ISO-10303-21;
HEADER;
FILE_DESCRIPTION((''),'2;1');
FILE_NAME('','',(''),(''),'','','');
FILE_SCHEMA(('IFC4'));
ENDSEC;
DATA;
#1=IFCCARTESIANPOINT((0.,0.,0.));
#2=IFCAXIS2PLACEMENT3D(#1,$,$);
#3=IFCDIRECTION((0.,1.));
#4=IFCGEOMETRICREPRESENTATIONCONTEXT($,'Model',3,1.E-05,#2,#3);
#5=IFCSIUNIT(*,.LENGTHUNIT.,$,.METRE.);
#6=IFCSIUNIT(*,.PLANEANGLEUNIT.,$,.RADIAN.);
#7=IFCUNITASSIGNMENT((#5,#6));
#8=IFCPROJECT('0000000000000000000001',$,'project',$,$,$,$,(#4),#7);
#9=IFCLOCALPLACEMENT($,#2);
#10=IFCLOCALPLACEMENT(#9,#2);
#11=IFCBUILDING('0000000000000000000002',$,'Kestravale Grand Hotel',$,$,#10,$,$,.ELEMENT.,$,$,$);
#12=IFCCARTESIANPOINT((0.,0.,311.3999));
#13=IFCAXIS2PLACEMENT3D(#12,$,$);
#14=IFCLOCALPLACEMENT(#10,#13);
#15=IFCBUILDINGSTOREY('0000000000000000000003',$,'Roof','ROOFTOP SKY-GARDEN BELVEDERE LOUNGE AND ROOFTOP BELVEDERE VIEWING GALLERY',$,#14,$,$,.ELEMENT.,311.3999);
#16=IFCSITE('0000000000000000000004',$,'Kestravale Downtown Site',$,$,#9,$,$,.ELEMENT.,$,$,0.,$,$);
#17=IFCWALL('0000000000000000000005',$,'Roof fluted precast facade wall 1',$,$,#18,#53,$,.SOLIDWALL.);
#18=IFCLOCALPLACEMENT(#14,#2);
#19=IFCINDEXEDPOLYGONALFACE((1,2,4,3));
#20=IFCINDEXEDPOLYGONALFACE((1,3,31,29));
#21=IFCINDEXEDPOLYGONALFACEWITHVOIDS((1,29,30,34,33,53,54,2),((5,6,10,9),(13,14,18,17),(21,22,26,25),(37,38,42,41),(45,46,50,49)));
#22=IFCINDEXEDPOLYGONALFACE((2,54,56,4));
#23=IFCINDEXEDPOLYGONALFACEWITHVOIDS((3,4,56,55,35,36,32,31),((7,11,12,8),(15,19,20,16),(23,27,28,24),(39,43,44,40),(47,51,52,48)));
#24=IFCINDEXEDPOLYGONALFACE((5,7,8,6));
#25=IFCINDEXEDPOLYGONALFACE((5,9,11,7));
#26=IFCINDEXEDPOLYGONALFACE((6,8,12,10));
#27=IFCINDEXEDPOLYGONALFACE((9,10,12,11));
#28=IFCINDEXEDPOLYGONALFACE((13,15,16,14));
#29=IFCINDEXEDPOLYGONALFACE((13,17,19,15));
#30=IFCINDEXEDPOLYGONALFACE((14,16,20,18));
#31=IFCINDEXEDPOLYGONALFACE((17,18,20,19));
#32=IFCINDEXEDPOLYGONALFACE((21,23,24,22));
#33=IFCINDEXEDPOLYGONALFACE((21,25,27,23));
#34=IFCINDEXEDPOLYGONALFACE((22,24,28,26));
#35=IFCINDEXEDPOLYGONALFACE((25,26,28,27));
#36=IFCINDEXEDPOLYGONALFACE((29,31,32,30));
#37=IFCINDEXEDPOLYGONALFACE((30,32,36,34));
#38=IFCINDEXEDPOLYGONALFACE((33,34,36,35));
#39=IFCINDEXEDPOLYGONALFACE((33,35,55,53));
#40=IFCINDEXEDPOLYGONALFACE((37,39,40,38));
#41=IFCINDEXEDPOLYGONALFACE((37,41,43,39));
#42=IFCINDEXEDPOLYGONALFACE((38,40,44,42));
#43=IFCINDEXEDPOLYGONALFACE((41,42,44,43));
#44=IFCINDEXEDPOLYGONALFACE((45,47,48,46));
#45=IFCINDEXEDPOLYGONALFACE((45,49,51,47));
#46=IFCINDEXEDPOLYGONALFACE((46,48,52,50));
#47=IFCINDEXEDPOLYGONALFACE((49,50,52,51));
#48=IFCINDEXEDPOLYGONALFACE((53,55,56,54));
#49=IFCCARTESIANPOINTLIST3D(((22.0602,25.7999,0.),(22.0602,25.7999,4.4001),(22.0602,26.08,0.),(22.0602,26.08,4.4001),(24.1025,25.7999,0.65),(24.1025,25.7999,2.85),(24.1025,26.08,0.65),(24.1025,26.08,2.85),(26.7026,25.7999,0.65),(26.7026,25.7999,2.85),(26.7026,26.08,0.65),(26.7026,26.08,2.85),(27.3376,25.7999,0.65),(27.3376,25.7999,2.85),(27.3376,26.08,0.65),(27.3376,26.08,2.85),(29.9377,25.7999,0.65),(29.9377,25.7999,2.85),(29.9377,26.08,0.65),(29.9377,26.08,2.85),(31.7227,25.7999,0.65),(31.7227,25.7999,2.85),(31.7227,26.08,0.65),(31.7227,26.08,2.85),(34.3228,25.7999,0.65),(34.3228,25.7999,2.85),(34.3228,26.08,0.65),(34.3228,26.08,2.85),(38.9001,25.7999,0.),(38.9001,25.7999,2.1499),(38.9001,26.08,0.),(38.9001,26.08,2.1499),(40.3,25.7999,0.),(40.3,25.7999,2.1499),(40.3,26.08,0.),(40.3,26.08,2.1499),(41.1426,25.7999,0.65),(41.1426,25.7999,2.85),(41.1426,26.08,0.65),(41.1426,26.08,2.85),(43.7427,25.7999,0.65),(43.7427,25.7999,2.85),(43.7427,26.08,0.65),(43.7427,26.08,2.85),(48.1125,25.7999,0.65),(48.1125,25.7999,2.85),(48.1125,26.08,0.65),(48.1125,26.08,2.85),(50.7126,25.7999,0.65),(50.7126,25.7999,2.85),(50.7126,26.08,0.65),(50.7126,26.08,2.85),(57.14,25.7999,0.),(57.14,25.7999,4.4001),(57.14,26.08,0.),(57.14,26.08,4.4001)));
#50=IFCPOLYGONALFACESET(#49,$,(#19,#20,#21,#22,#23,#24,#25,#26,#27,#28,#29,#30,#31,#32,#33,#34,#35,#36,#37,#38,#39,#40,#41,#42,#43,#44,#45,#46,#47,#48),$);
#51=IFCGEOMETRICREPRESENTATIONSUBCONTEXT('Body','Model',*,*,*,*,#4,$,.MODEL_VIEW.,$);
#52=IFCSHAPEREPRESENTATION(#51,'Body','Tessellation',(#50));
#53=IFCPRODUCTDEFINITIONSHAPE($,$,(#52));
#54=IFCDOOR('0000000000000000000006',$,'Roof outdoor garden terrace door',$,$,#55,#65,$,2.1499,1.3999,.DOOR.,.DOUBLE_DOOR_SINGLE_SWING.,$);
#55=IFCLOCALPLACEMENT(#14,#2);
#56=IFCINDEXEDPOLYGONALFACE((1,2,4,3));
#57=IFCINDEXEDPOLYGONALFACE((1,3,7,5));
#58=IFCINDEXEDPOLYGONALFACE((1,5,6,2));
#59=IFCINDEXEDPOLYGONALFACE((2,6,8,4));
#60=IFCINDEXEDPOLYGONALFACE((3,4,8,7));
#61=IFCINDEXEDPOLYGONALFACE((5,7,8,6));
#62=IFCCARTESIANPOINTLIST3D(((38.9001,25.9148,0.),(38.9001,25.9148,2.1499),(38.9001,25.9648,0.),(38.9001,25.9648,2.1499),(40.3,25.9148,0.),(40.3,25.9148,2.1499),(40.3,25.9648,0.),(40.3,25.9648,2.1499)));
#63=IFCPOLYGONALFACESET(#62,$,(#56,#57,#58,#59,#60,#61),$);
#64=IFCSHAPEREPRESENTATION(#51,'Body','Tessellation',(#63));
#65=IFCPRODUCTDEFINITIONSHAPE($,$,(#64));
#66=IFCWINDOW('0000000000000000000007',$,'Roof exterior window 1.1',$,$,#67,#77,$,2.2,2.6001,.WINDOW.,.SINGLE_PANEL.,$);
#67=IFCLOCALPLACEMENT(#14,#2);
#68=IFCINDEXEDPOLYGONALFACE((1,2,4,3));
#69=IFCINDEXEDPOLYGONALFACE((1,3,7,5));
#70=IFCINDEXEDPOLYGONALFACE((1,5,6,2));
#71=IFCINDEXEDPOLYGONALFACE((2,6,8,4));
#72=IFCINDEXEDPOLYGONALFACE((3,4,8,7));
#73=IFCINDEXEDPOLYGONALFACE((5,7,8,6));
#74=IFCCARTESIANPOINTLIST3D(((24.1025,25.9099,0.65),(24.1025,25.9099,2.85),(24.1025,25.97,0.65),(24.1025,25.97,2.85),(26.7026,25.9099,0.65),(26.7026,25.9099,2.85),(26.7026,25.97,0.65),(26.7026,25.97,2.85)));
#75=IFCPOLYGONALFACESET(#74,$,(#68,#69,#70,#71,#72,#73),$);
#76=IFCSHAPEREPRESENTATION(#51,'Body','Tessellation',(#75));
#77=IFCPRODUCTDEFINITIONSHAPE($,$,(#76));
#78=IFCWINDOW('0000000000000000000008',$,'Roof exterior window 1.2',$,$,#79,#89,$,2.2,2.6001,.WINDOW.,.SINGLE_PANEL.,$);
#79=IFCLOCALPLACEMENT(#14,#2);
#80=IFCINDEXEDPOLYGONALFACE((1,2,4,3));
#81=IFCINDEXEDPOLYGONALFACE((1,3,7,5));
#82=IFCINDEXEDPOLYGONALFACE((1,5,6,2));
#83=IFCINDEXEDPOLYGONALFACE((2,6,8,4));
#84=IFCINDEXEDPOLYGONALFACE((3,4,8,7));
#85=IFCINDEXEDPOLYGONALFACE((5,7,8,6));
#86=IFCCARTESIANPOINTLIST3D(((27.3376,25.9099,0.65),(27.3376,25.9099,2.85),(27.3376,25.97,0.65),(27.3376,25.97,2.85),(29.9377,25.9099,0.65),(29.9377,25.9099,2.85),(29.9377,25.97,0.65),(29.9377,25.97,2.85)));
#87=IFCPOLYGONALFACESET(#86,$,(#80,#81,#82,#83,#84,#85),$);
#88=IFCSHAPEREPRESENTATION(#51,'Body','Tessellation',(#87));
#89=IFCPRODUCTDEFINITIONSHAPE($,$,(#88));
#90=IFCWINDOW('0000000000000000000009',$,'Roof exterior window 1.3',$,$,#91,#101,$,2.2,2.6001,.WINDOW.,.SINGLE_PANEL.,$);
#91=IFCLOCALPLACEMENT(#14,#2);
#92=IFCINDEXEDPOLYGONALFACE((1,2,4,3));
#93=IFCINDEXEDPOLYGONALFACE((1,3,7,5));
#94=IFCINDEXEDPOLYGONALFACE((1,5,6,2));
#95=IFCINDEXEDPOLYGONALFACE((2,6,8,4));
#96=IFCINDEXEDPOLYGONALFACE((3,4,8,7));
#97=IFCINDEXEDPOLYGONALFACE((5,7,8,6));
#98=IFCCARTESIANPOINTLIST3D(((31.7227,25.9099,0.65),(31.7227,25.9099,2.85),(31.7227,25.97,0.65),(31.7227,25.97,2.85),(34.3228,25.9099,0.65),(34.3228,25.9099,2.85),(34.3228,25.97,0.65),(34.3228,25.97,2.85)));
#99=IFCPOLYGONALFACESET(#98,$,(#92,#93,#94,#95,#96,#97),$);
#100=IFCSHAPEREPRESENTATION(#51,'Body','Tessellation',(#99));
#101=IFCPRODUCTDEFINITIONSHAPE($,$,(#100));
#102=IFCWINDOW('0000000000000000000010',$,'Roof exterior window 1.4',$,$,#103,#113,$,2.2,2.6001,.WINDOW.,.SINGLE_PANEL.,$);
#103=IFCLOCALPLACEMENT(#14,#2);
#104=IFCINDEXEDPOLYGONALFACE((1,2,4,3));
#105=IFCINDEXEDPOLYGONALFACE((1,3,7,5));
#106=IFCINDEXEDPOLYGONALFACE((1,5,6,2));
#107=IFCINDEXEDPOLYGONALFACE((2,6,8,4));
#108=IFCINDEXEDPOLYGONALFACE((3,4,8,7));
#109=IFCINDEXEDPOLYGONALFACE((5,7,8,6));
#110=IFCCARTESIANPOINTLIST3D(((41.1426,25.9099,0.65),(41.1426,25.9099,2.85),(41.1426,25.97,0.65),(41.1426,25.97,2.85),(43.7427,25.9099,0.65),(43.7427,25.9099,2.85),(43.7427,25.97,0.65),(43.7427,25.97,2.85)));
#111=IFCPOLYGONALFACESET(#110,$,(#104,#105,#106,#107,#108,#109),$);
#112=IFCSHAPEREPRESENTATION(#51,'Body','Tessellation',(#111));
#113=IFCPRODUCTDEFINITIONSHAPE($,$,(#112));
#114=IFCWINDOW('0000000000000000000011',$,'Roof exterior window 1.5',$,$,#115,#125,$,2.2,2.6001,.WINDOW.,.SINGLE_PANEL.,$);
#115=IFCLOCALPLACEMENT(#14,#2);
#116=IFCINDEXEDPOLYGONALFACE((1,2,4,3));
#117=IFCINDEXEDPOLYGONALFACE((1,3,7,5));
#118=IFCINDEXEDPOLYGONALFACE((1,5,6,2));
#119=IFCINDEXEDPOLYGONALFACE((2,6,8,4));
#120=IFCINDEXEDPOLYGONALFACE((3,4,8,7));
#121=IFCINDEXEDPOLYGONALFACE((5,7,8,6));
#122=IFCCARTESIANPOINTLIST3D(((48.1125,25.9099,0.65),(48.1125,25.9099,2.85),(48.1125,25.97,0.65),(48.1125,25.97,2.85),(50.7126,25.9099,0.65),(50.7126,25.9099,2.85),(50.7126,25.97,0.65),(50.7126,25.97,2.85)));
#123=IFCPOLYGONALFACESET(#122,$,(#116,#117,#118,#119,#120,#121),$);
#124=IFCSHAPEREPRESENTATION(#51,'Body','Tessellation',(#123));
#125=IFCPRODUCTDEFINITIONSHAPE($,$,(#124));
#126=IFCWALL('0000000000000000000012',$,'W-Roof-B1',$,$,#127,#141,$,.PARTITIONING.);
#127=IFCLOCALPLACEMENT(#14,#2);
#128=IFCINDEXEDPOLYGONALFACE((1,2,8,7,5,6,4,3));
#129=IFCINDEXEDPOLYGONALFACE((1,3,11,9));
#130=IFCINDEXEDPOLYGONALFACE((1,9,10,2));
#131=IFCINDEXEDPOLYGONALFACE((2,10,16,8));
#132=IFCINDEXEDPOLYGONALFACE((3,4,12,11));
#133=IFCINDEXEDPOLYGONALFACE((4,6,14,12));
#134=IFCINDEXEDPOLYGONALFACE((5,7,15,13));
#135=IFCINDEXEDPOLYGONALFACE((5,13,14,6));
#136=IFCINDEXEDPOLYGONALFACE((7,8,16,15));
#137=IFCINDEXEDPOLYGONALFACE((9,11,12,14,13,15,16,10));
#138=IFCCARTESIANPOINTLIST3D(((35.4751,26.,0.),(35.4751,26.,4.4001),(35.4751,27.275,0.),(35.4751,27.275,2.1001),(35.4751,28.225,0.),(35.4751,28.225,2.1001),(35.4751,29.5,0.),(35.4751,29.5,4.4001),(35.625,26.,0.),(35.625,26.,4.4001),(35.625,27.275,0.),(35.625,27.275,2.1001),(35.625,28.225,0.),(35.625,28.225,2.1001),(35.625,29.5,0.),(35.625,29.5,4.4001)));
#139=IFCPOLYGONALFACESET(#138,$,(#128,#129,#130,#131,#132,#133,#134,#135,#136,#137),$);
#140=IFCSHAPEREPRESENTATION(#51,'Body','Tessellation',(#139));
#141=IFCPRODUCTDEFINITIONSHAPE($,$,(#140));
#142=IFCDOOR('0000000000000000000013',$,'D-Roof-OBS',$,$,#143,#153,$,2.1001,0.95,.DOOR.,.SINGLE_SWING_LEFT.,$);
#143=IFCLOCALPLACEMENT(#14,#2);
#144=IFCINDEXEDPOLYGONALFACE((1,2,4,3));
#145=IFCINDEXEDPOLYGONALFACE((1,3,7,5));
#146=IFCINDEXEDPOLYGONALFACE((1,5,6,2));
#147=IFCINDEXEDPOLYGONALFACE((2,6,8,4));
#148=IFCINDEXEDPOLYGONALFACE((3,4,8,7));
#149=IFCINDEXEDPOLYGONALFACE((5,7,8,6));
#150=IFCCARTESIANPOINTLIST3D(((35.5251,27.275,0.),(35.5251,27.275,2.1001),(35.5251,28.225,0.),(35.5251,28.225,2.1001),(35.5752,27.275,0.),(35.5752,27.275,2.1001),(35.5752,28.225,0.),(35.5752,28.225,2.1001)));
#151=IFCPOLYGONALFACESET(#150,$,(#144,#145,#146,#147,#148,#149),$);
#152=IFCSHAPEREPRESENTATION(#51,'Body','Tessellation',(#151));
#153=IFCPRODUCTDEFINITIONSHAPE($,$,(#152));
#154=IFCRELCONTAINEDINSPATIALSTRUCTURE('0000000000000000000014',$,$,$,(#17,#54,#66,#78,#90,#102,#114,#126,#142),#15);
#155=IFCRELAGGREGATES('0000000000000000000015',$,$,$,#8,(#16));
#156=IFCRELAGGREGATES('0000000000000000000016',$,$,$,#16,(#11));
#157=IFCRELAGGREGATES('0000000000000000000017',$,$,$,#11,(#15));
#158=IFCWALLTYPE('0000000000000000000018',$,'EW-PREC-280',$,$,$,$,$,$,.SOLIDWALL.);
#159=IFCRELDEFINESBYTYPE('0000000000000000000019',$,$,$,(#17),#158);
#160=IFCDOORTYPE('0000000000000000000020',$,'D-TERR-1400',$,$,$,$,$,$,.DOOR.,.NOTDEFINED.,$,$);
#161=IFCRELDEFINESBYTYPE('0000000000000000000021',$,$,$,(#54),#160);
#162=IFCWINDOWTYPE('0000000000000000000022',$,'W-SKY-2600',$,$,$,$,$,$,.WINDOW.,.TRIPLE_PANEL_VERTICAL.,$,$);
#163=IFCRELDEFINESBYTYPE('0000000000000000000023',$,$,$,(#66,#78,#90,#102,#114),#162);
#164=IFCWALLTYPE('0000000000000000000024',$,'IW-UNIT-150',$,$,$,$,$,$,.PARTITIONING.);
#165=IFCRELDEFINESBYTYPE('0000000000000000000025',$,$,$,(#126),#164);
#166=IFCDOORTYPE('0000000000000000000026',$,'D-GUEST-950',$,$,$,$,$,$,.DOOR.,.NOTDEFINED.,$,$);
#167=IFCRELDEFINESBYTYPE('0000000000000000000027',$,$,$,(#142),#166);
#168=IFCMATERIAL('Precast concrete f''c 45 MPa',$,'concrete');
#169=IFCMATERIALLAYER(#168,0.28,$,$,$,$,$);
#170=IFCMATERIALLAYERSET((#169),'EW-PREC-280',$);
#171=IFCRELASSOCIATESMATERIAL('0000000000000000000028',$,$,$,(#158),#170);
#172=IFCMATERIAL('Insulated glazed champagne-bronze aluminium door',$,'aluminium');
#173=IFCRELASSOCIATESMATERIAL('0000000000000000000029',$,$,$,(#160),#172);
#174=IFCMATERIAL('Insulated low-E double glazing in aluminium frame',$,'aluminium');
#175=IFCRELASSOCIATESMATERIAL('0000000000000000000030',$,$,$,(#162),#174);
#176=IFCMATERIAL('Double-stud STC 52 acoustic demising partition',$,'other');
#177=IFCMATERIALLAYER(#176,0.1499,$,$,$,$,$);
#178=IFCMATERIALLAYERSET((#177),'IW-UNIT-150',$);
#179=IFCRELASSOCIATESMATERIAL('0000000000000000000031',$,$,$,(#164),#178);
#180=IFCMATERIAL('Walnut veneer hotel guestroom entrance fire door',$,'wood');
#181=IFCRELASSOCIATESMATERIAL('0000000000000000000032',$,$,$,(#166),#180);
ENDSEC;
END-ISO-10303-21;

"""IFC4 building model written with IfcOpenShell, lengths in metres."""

from ifc_helpers import new_model, si_unit, direction, frame, frame_2d, origin, place, context, subcontext, project, spatial, rectangle, extrude, material, layer, layer_set, type_object, element, fill, save


model = new_model("IFC4")

# Units and contexts
model_context = context("Model", 3, precision=1e-05, world=origin(), true_north=direction((0.0, 1.0)))
body_context = subcontext(model_context, "Body", "Model", "MODEL_VIEW")
ifc_project = project(units=[si_unit("LENGTHUNIT", "METRE"), si_unit("PLANEANGLEUNIT", "RADIAN")], contexts=[model_context])

# Site, building, storey
site_placement = place(None, origin())
site = spatial("IfcSite", under=ifc_project, at=site_placement, Name="Kestravale Downtown Site", CompositionType="ELEMENT", RefElevation=0.0)
building_placement = place(site_placement, origin())
building = spatial("IfcBuilding", under=site, at=building_placement, Name="Kestravale Grand Hotel", CompositionType="ELEMENT")
storey_placement = place(building_placement, frame((0.0, 0.0, 311.3999)))
storey = spatial("IfcBuildingStorey", under=building, at=storey_placement, Name="Roof", Description="ROOFTOP SKY-GARDEN BELVEDERE LOUNGE AND ROOFTOP BELVEDERE VIEWING GALLERY", CompositionType="ELEMENT", Elevation=311.3999)

# Wall, openings, door, windows
ifc_material_1 = material(Name="Precast concrete f'c 45 MPa", Category="concrete")
ifc_layer_1 = layer(ifc_material_1, 0.28)
ifc_layer_set_1 = layer_set([ifc_layer_1], Name="EW-PREC-280")
wall_type_1 = type_object("IfcWallType", Name="EW-PREC-280", PredefinedType="SOLIDWALL", material=ifc_layer_set_1)
wall_1_placement = place(storey_placement, frame((22.0601, 25.9399, 0.0), z_axis=(0.0, 0.0, 1.0), x_axis=(1.0, 0.0, 0.0)))
wall_1 = element("IfcWall", 1, at=wall_1_placement, inside=storey, type_object=wall_type_1, Name="Roof fluted precast facade wall 1", PredefinedType="SOLIDWALL", context=body_context, shape_type="SweptSolid", body=[
    extrude(rectangle(XDim=35.0798, YDim=0.28, at=frame_2d((17.54, 0.0))), origin(), (0.0, 0.0, 1.0), 4.4001),
])
opening_1_placement = place(wall_1_placement, frame((16.8401, 0.0, 0.0)))
opening_1 = element("IfcOpeningElement", 2, at=opening_1_placement, cuts=wall_1, PredefinedType="OPENING", context=body_context, shape_type="SweptSolid", body=[
    extrude(rectangle(XDim=1.3999, YDim=2.1499, at=frame_2d((0.7, 1.075))), frame((0.0, 0.1499, 0.0), z_axis=(0.0, -1.0, 0.0), x_axis=(1.0, 0.0, 0.0)), (0.0, 0.0, 1.0), 0.3),
])
opening_2_placement = place(wall_1_placement, frame((2.0425, 0.0, 0.6499)))
opening_2 = element("IfcOpeningElement", 3, at=opening_2_placement, cuts=wall_1, PredefinedType="OPENING", context=body_context, shape_type="SweptSolid", body=[
    extrude(rectangle(XDim=2.6001, YDim=2.2, at=frame_2d((1.3, 1.1001))), frame((0.0, 0.1499, 0.0), z_axis=(0.0, -1.0, 0.0), x_axis=(1.0, 0.0, 0.0)), (0.0, 0.0, 1.0), 0.3),
])
opening_3_placement = place(wall_1_placement, frame((5.2776, 0.0, 0.6499)))
opening_3 = element("IfcOpeningElement", 4, at=opening_3_placement, cuts=wall_1, PredefinedType="OPENING", context=body_context, shape_type="SweptSolid", body=[
    extrude(rectangle(XDim=2.6001, YDim=2.2, at=frame_2d((1.3, 1.1001))), frame((0.0, 0.1499, 0.0), z_axis=(0.0, -1.0, 0.0), x_axis=(1.0, 0.0, 0.0)), (0.0, 0.0, 1.0), 0.3),
])
opening_4_placement = place(wall_1_placement, frame((9.6626, 0.0, 0.6499)))
opening_4 = element("IfcOpeningElement", 5, at=opening_4_placement, cuts=wall_1, PredefinedType="OPENING", context=body_context, shape_type="SweptSolid", body=[
    extrude(rectangle(XDim=2.6001, YDim=2.2, at=frame_2d((1.3, 1.1001))), frame((0.0, 0.1499, 0.0), z_axis=(0.0, -1.0, 0.0), x_axis=(1.0, 0.0, 0.0)), (0.0, 0.0, 1.0), 0.3),
])
opening_5_placement = place(wall_1_placement, frame((19.0825, 0.0, 0.6499)))
opening_5 = element("IfcOpeningElement", 6, at=opening_5_placement, cuts=wall_1, PredefinedType="OPENING", context=body_context, shape_type="SweptSolid", body=[
    extrude(rectangle(XDim=2.6001, YDim=2.2, at=frame_2d((1.3, 1.1001))), frame((0.0, 0.1499, 0.0), z_axis=(0.0, -1.0, 0.0), x_axis=(1.0, 0.0, 0.0)), (0.0, 0.0, 1.0), 0.3),
])
opening_6_placement = place(wall_1_placement, frame((26.0525, 0.0, 0.6499)))
opening_6 = element("IfcOpeningElement", 7, at=opening_6_placement, cuts=wall_1, PredefinedType="OPENING", context=body_context, shape_type="SweptSolid", body=[
    extrude(rectangle(XDim=2.6001, YDim=2.2, at=frame_2d((1.3, 1.1001))), frame((0.0, 0.1499, 0.0), z_axis=(0.0, -1.0, 0.0), x_axis=(1.0, 0.0, 0.0)), (0.0, 0.0, 1.0), 0.3),
])
ifc_material_2 = material(Name="Insulated glazed champagne-bronze aluminium door", Category="aluminium")
door_type_1 = type_object("IfcDoorType", Name="D-TERR-1400", OperationType="NOTDEFINED", PredefinedType="DOOR", material=ifc_material_2)
door_1_placement = place(opening_1_placement, origin())
door_1 = element("IfcDoor", 8, at=door_1_placement, inside=storey, type_object=door_type_1, Name="Roof outdoor garden terrace door", OperationType="DOUBLE_DOOR_SINGLE_SWING", OverallHeight=2.1499, OverallWidth=1.3999, PredefinedType="DOOR", context=body_context, shape_type="SweptSolid", body=[
    extrude(rectangle(XDim=1.3999, YDim=2.1499, at=frame_2d((0.7, 1.075))), frame((0.0, 0.0249, 0.0), z_axis=(0.0, -1.0, 0.0), x_axis=(1.0, 0.0, 0.0)), (0.0, 0.0, 1.0), 0.05),
])
fill(opening_1, door_1)
ifc_material_3 = material(Name="Insulated low-E double glazing in aluminium frame", Category="aluminium")
window_type = type_object("IfcWindowType", Name="W-SKY-2600", PartitioningType="TRIPLE_PANEL_VERTICAL", PredefinedType="WINDOW", material=ifc_material_3)
window_1_placement = place(opening_2_placement, origin())
window_1 = element("IfcWindow", 9, at=window_1_placement, inside=storey, type_object=window_type, Name="Roof exterior window 1.1", OverallHeight=2.2, OverallWidth=2.6001, PartitioningType="SINGLE_PANEL", PredefinedType="WINDOW", context=body_context, shape_type="SweptSolid", body=[
    extrude(rectangle(XDim=2.6001, YDim=2.2, at=frame_2d((1.3, 1.1001))), frame((0.0, 0.03, 0.0), z_axis=(0.0, -1.0, 0.0), x_axis=(1.0, 0.0, 0.0)), (0.0, 0.0, 1.0), 0.0601),
])
fill(opening_2, window_1)
window_2_placement = place(opening_3_placement, origin())
window_2 = element("IfcWindow", 10, at=window_2_placement, inside=storey, type_object=window_type, Name="Roof exterior window 1.2", OverallHeight=2.2, OverallWidth=2.6001, PartitioningType="SINGLE_PANEL", PredefinedType="WINDOW", context=body_context, shape_type="SweptSolid", body=[
    extrude(rectangle(XDim=2.6001, YDim=2.2, at=frame_2d((1.3, 1.1001))), frame((0.0, 0.03, 0.0), z_axis=(0.0, -1.0, 0.0), x_axis=(1.0, 0.0, 0.0)), (0.0, 0.0, 1.0), 0.0601),
])
fill(opening_3, window_2)
window_3_placement = place(opening_4_placement, origin())
window_3 = element("IfcWindow", 11, at=window_3_placement, inside=storey, type_object=window_type, Name="Roof exterior window 1.3", OverallHeight=2.2, OverallWidth=2.6001, PartitioningType="SINGLE_PANEL", PredefinedType="WINDOW", context=body_context, shape_type="SweptSolid", body=[
    extrude(rectangle(XDim=2.6001, YDim=2.2, at=frame_2d((1.3, 1.1001))), frame((0.0, 0.03, 0.0), z_axis=(0.0, -1.0, 0.0), x_axis=(1.0, 0.0, 0.0)), (0.0, 0.0, 1.0), 0.0601),
])
fill(opening_4, window_3)
window_4_placement = place(opening_5_placement, origin())
window_4 = element("IfcWindow", 12, at=window_4_placement, inside=storey, type_object=window_type, Name="Roof exterior window 1.4", OverallHeight=2.2, OverallWidth=2.6001, PartitioningType="SINGLE_PANEL", PredefinedType="WINDOW", context=body_context, shape_type="SweptSolid", body=[
    extrude(rectangle(XDim=2.6001, YDim=2.2, at=frame_2d((1.3, 1.1001))), frame((0.0, 0.03, 0.0), z_axis=(0.0, -1.0, 0.0), x_axis=(1.0, 0.0, 0.0)), (0.0, 0.0, 1.0), 0.0601),
])
fill(opening_5, window_4)
window_5_placement = place(opening_6_placement, origin())
window_5 = element("IfcWindow", 13, at=window_5_placement, inside=storey, type_object=window_type, Name="Roof exterior window 1.5", OverallHeight=2.2, OverallWidth=2.6001, PartitioningType="SINGLE_PANEL", PredefinedType="WINDOW", context=body_context, shape_type="SweptSolid", body=[
    extrude(rectangle(XDim=2.6001, YDim=2.2, at=frame_2d((1.3, 1.1001))), frame((0.0, 0.03, 0.0), z_axis=(0.0, -1.0, 0.0), x_axis=(1.0, 0.0, 0.0)), (0.0, 0.0, 1.0), 0.0601),
])
fill(opening_6, window_5)

# Wall, opening, door
ifc_material_4 = material(Name="Double-stud STC 52 acoustic demising partition", Category="other")
ifc_layer_2 = layer(ifc_material_4, 0.1499)
ifc_layer_set_2 = layer_set([ifc_layer_2], Name="IW-UNIT-150")
wall_type_2 = type_object("IfcWallType", Name="IW-UNIT-150", PredefinedType="PARTITIONING", material=ifc_layer_set_2)
wall_2_placement = place(storey_placement, frame((35.55, 26.0, 0.0), z_axis=(0.0, 0.0, 1.0), x_axis=(0.0, 1.0, 0.0)))
wall_2 = element("IfcWall", 14, at=wall_2_placement, inside=storey, type_object=wall_type_2, Name="W-Roof-B1", PredefinedType="PARTITIONING", context=body_context, shape_type="SweptSolid", body=[
    extrude(rectangle(XDim=3.5, YDim=0.1499, at=frame_2d((1.75, 0.0))), origin(), (0.0, 0.0, 1.0), 4.4001),
])
opening_7_placement = place(wall_2_placement, frame((1.2749, 0.0, 0.0)))
opening_7 = element("IfcOpeningElement", 15, at=opening_7_placement, cuts=wall_2, PredefinedType="OPENING", context=body_context, shape_type="SweptSolid", body=[
    extrude(rectangle(XDim=0.95, YDim=2.1001, at=frame_2d((0.4751, 1.05))), frame((0.0, 0.085, 0.0), z_axis=(0.0, -1.0, 0.0), x_axis=(1.0, 0.0, 0.0)), (0.0, 0.0, 1.0), 0.1699),
])
ifc_material_5 = material(Name="Walnut veneer hotel guestroom entrance fire door", Category="wood")
door_type_2 = type_object("IfcDoorType", Name="D-GUEST-950", OperationType="NOTDEFINED", PredefinedType="DOOR", material=ifc_material_5)
door_2_placement = place(opening_7_placement, origin())
door_2 = element("IfcDoor", 16, at=door_2_placement, inside=storey, type_object=door_type_2, Name="D-Roof-OBS", OperationType="SINGLE_SWING_LEFT", OverallHeight=2.1001, OverallWidth=0.95, PredefinedType="DOOR", context=body_context, shape_type="SweptSolid", body=[
    extrude(rectangle(XDim=0.95, YDim=2.1001, at=frame_2d((0.4751, 1.05))), frame((0.0, 0.0249, 0.0), z_axis=(0.0, -1.0, 0.0), x_axis=(1.0, 0.0, 0.0)), (0.0, 0.0, 1.0), 0.05),
])
fill(opening_7, door_2)

save(model, "model.ifc")
